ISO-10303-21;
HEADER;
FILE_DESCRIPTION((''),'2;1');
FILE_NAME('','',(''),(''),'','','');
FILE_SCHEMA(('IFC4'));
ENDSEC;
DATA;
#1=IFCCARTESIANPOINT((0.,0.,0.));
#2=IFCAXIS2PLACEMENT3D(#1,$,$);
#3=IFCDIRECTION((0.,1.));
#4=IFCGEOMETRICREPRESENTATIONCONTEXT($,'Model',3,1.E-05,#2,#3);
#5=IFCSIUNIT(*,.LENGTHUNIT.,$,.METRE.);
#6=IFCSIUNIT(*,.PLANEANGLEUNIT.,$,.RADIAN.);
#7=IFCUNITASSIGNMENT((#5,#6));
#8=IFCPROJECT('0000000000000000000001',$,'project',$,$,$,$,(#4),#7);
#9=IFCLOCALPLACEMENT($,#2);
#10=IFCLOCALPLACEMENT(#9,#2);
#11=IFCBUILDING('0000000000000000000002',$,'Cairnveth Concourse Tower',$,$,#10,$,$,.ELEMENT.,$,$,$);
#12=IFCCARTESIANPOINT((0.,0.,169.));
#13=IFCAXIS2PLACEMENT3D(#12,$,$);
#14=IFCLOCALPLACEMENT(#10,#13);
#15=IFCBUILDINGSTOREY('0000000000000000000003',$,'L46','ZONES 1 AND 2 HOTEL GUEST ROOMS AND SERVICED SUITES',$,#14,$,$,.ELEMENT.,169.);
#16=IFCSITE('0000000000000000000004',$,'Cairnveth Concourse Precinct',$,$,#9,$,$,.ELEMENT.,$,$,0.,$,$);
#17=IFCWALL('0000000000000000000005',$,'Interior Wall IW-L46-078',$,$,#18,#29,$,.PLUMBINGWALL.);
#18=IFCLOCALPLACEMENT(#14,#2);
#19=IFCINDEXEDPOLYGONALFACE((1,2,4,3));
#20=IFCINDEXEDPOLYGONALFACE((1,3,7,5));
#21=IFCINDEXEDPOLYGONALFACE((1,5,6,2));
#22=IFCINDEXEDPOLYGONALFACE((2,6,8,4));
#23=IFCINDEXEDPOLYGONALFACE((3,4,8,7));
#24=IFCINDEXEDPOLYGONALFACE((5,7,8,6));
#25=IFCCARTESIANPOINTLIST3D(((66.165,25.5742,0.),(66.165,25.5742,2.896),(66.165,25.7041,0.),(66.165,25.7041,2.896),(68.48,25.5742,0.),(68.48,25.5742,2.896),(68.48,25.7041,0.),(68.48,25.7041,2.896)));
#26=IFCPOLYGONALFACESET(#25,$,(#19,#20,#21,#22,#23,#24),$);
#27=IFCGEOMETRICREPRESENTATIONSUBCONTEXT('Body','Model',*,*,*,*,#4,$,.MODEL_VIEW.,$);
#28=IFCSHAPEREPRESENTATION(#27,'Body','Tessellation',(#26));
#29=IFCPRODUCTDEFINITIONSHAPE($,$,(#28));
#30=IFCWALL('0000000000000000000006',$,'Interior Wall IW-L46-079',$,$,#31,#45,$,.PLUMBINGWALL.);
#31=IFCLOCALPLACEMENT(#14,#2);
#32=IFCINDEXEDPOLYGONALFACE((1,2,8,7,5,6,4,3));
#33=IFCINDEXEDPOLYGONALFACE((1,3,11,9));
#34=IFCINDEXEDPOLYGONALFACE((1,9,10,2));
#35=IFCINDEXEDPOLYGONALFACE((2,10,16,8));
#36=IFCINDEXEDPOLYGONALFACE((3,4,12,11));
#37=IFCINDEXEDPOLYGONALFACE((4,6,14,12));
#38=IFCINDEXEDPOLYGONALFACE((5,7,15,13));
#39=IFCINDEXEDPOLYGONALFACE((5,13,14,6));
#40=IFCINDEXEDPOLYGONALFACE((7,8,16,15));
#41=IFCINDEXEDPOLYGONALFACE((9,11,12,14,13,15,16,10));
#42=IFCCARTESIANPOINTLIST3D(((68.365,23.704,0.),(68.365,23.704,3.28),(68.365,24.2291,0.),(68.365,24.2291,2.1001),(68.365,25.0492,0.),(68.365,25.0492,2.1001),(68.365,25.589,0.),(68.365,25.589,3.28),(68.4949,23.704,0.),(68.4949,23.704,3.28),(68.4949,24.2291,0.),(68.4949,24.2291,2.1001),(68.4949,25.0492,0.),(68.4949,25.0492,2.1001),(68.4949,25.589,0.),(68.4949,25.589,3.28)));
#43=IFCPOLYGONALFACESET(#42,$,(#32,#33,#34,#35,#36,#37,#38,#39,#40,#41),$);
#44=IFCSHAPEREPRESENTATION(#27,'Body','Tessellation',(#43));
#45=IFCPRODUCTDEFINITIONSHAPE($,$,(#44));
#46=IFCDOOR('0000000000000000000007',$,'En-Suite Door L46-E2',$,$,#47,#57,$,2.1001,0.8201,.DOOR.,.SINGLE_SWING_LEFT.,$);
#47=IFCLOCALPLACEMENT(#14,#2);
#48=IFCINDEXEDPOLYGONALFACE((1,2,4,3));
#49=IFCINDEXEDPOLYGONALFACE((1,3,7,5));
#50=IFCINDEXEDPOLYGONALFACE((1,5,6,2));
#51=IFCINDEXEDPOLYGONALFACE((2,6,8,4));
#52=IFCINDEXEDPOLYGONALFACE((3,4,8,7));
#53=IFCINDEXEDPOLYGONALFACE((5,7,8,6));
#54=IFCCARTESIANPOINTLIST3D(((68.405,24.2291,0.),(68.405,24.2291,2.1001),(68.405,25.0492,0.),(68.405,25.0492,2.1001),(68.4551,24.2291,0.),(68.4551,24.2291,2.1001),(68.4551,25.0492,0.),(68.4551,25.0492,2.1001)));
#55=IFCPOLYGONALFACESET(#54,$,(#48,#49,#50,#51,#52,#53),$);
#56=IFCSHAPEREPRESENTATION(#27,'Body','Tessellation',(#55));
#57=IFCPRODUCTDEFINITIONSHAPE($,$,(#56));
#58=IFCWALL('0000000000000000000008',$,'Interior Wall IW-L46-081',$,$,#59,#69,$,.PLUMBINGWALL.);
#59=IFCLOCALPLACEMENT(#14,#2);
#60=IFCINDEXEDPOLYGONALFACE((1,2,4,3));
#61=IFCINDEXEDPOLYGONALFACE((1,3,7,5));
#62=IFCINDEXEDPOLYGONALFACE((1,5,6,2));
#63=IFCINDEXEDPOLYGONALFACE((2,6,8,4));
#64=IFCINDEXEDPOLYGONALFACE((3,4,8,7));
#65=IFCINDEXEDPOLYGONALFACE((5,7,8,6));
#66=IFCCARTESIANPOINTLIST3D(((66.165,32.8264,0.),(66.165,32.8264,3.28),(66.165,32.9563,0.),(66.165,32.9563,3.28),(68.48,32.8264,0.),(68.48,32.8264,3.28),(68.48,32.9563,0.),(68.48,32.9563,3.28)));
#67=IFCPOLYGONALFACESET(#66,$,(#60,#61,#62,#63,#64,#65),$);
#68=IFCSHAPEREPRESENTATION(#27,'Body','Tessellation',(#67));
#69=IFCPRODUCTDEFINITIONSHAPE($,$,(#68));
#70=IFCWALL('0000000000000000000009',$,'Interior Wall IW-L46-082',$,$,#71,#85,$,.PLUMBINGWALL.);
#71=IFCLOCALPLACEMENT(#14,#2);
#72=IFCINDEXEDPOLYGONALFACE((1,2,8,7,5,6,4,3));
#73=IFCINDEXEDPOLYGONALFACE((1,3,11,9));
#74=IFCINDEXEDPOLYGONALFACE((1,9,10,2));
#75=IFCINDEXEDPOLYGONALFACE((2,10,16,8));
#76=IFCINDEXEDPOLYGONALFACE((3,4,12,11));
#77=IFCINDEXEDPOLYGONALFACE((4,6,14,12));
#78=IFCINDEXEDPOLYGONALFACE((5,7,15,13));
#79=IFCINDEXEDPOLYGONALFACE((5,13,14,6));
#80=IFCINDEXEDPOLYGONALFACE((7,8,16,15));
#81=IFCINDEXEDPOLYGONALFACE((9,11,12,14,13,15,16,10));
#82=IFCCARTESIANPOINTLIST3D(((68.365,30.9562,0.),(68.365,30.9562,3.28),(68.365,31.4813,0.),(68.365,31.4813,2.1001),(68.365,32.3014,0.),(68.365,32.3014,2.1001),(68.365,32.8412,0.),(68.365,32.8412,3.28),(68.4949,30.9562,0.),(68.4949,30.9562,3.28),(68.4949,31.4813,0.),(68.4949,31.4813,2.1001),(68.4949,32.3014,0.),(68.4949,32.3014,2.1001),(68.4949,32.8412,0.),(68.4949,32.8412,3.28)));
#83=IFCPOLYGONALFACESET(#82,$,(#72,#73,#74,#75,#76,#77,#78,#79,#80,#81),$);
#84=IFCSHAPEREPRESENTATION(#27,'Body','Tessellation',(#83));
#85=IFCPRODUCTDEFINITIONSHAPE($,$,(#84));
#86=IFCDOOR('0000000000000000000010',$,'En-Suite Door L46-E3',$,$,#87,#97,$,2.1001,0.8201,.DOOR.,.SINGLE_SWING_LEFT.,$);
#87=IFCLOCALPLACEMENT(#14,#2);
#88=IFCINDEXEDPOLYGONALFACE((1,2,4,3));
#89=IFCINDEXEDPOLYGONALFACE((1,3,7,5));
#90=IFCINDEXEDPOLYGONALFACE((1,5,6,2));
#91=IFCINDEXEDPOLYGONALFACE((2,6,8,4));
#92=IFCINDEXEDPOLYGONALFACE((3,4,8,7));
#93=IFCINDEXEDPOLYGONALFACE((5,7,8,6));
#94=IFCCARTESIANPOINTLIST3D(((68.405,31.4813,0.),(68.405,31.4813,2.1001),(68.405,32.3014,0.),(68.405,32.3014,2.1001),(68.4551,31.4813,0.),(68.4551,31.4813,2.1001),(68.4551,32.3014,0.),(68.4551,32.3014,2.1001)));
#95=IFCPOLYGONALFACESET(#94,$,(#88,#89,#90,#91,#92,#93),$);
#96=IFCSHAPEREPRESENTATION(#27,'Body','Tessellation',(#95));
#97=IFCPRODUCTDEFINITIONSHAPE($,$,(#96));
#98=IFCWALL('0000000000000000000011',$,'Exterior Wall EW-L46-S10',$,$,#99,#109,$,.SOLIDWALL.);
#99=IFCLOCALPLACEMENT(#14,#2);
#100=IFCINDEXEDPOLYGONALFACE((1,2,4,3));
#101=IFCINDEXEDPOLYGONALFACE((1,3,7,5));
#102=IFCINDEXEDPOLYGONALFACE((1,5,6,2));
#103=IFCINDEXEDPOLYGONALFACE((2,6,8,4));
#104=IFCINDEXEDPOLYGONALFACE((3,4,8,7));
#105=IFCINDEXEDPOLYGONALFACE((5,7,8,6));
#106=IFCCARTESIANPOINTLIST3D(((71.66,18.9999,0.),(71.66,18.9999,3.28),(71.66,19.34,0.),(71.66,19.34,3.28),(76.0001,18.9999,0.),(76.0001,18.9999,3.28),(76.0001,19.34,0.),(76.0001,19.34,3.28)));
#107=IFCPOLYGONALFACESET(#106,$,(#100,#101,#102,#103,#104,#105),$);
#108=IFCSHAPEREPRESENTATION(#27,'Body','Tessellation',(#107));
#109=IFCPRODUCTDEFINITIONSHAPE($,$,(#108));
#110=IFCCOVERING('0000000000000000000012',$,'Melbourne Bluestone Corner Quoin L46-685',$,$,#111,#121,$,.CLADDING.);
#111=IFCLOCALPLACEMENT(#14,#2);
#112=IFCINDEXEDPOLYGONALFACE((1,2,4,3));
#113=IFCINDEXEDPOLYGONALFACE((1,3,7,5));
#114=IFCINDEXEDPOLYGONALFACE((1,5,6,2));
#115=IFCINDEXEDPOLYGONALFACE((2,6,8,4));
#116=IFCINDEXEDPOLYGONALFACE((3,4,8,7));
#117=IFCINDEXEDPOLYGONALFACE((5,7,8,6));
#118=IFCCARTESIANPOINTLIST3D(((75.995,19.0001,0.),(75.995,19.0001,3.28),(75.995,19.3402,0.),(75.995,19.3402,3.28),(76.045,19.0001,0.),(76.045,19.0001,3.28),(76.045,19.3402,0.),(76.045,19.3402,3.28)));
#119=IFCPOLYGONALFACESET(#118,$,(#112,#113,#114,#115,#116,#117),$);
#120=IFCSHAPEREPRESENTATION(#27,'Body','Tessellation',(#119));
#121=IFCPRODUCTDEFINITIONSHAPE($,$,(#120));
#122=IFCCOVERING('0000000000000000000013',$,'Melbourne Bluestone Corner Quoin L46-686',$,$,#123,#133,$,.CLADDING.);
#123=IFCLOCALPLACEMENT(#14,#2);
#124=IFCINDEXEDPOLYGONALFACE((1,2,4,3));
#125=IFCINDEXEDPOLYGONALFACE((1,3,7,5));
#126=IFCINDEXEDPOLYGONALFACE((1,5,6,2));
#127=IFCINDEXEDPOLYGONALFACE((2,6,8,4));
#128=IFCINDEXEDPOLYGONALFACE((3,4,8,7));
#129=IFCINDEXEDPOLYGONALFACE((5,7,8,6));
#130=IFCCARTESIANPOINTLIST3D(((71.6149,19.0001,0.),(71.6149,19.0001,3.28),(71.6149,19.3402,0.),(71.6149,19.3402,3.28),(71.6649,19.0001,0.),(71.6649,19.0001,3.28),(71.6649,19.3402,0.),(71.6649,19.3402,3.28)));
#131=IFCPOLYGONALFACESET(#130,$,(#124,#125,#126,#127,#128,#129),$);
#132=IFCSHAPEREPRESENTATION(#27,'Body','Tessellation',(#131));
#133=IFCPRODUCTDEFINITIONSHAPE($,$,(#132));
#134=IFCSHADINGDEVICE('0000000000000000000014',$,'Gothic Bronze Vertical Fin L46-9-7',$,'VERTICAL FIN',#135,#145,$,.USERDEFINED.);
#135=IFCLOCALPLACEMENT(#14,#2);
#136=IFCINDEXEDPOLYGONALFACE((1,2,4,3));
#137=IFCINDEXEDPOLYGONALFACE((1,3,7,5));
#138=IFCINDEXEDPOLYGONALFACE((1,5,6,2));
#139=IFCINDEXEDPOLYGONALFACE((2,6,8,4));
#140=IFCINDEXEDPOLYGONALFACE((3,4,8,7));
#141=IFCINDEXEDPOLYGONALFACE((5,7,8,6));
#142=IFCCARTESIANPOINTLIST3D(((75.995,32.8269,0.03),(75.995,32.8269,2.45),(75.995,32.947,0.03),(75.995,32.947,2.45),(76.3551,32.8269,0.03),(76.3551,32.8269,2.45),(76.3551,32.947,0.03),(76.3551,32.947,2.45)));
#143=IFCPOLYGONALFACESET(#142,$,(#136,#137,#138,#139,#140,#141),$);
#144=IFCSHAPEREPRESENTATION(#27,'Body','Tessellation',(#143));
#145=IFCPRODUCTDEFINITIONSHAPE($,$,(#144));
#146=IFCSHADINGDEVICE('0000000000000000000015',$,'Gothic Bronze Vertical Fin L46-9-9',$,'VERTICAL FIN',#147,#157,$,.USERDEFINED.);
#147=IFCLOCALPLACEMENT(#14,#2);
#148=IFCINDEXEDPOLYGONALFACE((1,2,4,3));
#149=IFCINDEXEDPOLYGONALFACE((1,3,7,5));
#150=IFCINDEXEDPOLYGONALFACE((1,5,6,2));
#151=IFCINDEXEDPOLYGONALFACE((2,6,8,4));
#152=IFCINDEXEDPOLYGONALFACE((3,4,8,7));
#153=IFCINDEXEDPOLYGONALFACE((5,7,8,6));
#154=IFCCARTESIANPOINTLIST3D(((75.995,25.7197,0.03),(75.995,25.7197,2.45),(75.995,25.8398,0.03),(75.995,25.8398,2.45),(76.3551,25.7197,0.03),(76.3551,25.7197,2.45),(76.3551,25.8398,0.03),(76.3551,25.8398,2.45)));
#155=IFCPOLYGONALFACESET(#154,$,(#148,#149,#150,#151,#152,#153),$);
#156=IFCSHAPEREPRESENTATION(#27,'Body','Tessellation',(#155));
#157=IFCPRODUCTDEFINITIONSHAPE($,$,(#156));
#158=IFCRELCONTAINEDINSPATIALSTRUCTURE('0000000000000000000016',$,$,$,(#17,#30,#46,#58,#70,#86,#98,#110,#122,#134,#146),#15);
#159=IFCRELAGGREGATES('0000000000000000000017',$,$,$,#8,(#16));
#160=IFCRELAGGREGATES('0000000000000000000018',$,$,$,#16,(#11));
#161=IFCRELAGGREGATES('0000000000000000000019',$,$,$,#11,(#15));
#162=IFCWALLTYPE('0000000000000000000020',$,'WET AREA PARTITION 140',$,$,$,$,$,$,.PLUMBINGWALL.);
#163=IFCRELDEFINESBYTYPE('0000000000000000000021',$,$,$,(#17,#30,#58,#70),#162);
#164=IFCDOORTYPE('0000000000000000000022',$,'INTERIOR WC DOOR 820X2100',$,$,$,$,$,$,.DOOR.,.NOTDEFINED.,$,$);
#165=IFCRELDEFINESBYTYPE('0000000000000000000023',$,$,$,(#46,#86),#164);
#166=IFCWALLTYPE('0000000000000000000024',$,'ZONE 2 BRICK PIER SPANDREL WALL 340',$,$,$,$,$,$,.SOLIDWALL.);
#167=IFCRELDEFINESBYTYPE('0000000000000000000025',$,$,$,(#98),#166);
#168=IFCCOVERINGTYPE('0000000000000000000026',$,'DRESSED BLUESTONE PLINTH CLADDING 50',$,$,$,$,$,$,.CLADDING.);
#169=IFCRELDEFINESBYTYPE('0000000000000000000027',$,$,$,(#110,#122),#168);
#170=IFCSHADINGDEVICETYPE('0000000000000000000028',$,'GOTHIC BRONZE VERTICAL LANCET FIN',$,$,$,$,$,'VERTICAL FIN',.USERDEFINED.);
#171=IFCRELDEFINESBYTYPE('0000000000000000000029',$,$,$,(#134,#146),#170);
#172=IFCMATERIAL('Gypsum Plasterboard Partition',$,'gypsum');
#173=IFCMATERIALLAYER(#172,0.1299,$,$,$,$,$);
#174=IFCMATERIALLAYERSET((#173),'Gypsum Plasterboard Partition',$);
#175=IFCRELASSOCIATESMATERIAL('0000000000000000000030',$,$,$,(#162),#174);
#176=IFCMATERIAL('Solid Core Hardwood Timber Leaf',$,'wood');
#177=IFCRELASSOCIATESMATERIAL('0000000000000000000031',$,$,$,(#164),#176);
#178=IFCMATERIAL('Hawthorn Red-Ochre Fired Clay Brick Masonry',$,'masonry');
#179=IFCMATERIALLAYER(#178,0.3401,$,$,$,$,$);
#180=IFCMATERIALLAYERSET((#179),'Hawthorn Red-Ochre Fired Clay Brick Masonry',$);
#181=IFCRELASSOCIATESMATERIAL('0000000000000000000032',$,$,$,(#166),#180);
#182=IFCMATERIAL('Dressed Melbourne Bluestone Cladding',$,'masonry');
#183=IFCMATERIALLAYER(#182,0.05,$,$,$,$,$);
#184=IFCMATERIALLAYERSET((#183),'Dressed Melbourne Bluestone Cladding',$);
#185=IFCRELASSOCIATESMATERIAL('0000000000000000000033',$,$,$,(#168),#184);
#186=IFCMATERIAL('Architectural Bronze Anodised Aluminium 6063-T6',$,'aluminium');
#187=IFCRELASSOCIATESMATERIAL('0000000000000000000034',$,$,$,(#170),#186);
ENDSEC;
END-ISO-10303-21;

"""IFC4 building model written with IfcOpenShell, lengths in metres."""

from ifc_helpers import new_model, si_unit, direction, frame, frame_2d, origin, origin_2d, place, context, subcontext, project, spatial, rectangle, extrude, material, layer, layer_set, type_object, element, fill, save


model = new_model("IFC4")

# Units and contexts
model_context = context("Model", 3, precision=1e-05, world=origin(), true_north=direction((0.0, 1.0)))
body_context = subcontext(model_context, "Body", "Model", "MODEL_VIEW")
ifc_project = project(units=[si_unit("LENGTHUNIT", "METRE"), si_unit("PLANEANGLEUNIT", "RADIAN")], contexts=[model_context])

# Site, building, storey
site_placement = place(None, origin())
site = spatial("IfcSite", under=ifc_project, at=site_placement, Name="Cairnveth Concourse Precinct", CompositionType="ELEMENT", RefElevation=0.0)
building_placement = place(site_placement, origin())
building = spatial("IfcBuilding", under=site, at=building_placement, Name="Cairnveth Concourse Tower", CompositionType="ELEMENT")
storey_placement = place(building_placement, frame((0.0, 0.0, 169.0)))
storey = spatial("IfcBuildingStorey", under=building, at=storey_placement, Name="L46", Description="ZONES 1 AND 2 HOTEL GUEST ROOMS AND SERVICED SUITES", CompositionType="ELEMENT", Elevation=169.0)

# Wall
ifc_material_1 = material(Name="Gypsum Plasterboard Partition", Category="gypsum")
ifc_layer_1 = layer(ifc_material_1, 0.1299)
ifc_layer_set_1 = layer_set([ifc_layer_1], Name="Gypsum Plasterboard Partition")
wall_type_1 = type_object("IfcWallType", Name="WET AREA PARTITION 140", PredefinedType="PLUMBINGWALL", material=ifc_layer_set_1)
wall_1_placement = place(storey_placement, frame((66.165, 25.6392, 0.0), z_axis=(0.0, 0.0, 1.0), x_axis=(1.0, 0.0, 0.0)))
element("IfcWall", 1, at=wall_1_placement, inside=storey, type_object=wall_type_1, Name="Interior Wall IW-L46-078", PredefinedType="PLUMBINGWALL", context=body_context, shape_type="SweptSolid", body=[
    extrude(rectangle(XDim=2.3149, YDim=0.1299, at=frame_2d((1.1575, 0.0))), origin(), (0.0, 0.0, 1.0), 2.896),
])

# Wall, opening, door
wall_2_placement = place(storey_placement, frame((68.4299, 23.7041, 0.0), z_axis=(0.0, 0.0, 1.0), x_axis=(0.0, 1.0, 0.0)))
wall_2 = element("IfcWall", 2, at=wall_2_placement, inside=storey, type_object=wall_type_1, Name="Interior Wall IW-L46-079", PredefinedType="PLUMBINGWALL", context=body_context, shape_type="SweptSolid", body=[
    extrude(rectangle(XDim=1.885, YDim=0.1299, at=frame_2d((0.9424, 0.0))), origin(), (0.0, 0.0, 1.0), 3.28),
])
opening_1_placement = place(wall_2_placement, frame((0.5249, 0.0, 0.0)))
opening_1 = element("IfcOpeningElement", 3, at=opening_1_placement, cuts=wall_2, PredefinedType="OPENING", context=body_context, shape_type="SweptSolid", body=[
    extrude(rectangle(XDim=0.8201, YDim=2.1001, at=frame_2d((0.4102, 1.05))), frame((0.0, 0.075, 0.0), z_axis=(0.0, -1.0, 0.0), x_axis=(1.0, 0.0, 0.0)), (0.0, 0.0, 1.0), 0.1499),
])
ifc_material_2 = material(Name="Solid Core Hardwood Timber Leaf", Category="wood")
door_type = type_object("IfcDoorType", Name="INTERIOR WC DOOR 820X2100", OperationType="NOTDEFINED", PredefinedType="DOOR", material=ifc_material_2)
door_1_placement = place(opening_1_placement, origin())
door_1 = element("IfcDoor", 4, at=door_1_placement, inside=storey, type_object=door_type, Name="En-Suite Door L46-E2", OperationType="SINGLE_SWING_LEFT", OverallHeight=2.1001, OverallWidth=0.8201, PredefinedType="DOOR", context=body_context, shape_type="SweptSolid", body=[
    extrude(rectangle(XDim=0.8201, YDim=2.1001, at=frame_2d((0.4102, 1.05))), frame((0.0, 0.0249, 0.0), z_axis=(0.0, -1.0, 0.0), x_axis=(1.0, 0.0, 0.0)), (0.0, 0.0, 1.0), 0.05),
])
fill(opening_1, door_1)

# Wall
wall_3_placement = place(storey_placement, frame((66.165, 32.8914, 0.0), z_axis=(0.0, 0.0, 1.0), x_axis=(1.0, 0.0, 0.0)))
element("IfcWall", 5, at=wall_3_placement, inside=storey, type_object=wall_type_1, Name="Interior Wall IW-L46-081", PredefinedType="PLUMBINGWALL", context=body_context, shape_type="SweptSolid", body=[
    extrude(rectangle(XDim=2.3149, YDim=0.1299, at=frame_2d((1.1575, 0.0))), origin(), (0.0, 0.0, 1.0), 3.28),
])

# Wall, opening, door
wall_4_placement = place(storey_placement, frame((68.4299, 30.9563, 0.0), z_axis=(0.0, 0.0, 1.0), x_axis=(0.0, 1.0, 0.0)))
wall_4 = element("IfcWall", 6, at=wall_4_placement, inside=storey, type_object=wall_type_1, Name="Interior Wall IW-L46-082", PredefinedType="PLUMBINGWALL", context=body_context, shape_type="SweptSolid", body=[
    extrude(rectangle(XDim=1.885, YDim=0.1299, at=frame_2d((0.9424, 0.0))), origin(), (0.0, 0.0, 1.0), 3.28),
])
opening_2_placement = place(wall_4_placement, frame((0.5249, 0.0, 0.0)))
opening_2 = element("IfcOpeningElement", 7, at=opening_2_placement, cuts=wall_4, PredefinedType="OPENING", context=body_context, shape_type="SweptSolid", body=[
    extrude(rectangle(XDim=0.8201, YDim=2.1001, at=frame_2d((0.4102, 1.05))), frame((0.0, 0.075, 0.0), z_axis=(0.0, -1.0, 0.0), x_axis=(1.0, 0.0, 0.0)), (0.0, 0.0, 1.0), 0.1499),
])
door_2_placement = place(opening_2_placement, origin())
door_2 = element("IfcDoor", 8, at=door_2_placement, inside=storey, type_object=door_type, Name="En-Suite Door L46-E3", OperationType="SINGLE_SWING_LEFT", OverallHeight=2.1001, OverallWidth=0.8201, PredefinedType="DOOR", context=body_context, shape_type="SweptSolid", body=[
    extrude(rectangle(XDim=0.8201, YDim=2.1001, at=frame_2d((0.4102, 1.05))), frame((0.0, 0.0249, 0.0), z_axis=(0.0, -1.0, 0.0), x_axis=(1.0, 0.0, 0.0)), (0.0, 0.0, 1.0), 0.05),
])
fill(opening_2, door_2)

# Wall
ifc_material_3 = material(Name="Hawthorn Red-Ochre Fired Clay Brick Masonry", Category="masonry")
ifc_layer_2 = layer(ifc_material_3, 0.3401)
ifc_layer_set_2 = layer_set([ifc_layer_2], Name="Hawthorn Red-Ochre Fired Clay Brick Masonry")
wall_type_2 = type_object("IfcWallType", Name="ZONE 2 BRICK PIER SPANDREL WALL 340", PredefinedType="SOLIDWALL", material=ifc_layer_set_2)
wall_5_placement = place(storey_placement, frame((76.0, 19.1699, 0.0), z_axis=(0.0, 0.0, 1.0), x_axis=(-1.0, 0.0, 0.0)))
element("IfcWall", 9, at=wall_5_placement, inside=storey, type_object=wall_type_2, Name="Exterior Wall EW-L46-S10", PredefinedType="SOLIDWALL", context=body_context, shape_type="SweptSolid", body=[
    extrude(rectangle(XDim=4.3401, YDim=0.3401, at=frame_2d((2.1699, 0.0))), origin(), (0.0, 0.0, 1.0), 3.28),
])

# Coverings
ifc_material_4 = material(Name="Dressed Melbourne Bluestone Cladding", Category="masonry")
ifc_layer_3 = layer(ifc_material_4, 0.05)
ifc_layer_set_3 = layer_set([ifc_layer_3], Name="Dressed Melbourne Bluestone Cladding")
covering_type = type_object("IfcCoveringType", Name="DRESSED BLUESTONE PLINTH CLADDING 50", PredefinedType="CLADDING", material=ifc_layer_set_3)
for number, where, z_axis, x_axis, name in (
    (10, (76.02, 19.3401, 0.0), (0.0, 0.0, 1.0), (0.0, -1.0, 0.0), "Melbourne Bluestone Corner Quoin L46-685"),
    (11, (71.6399, 19.3401, 0.0), (0.0, 0.0, 1.0), (0.0, -1.0, 0.0), "Melbourne Bluestone Corner Quoin L46-686"),
):
    element("IfcCovering", number, at=place(storey_placement, frame(where, z_axis=z_axis, x_axis=x_axis)), inside=storey, type_object=covering_type, Name=name, PredefinedType="CLADDING", context=body_context, shape_type="SweptSolid", body=[
        extrude(rectangle(XDim=0.3401, YDim=0.05, at=frame_2d((0.1699, 0.0))), origin(), (0.0, 0.0, 1.0), 3.28),
    ])

# Shading devices
ifc_material_5 = material(Name="Architectural Bronze Anodised Aluminium 6063-T6", Category="aluminium")
shading_device_type = type_object("IfcShadingDeviceType", Name="GOTHIC BRONZE VERTICAL LANCET FIN", ElementType="VERTICAL FIN", PredefinedType="USERDEFINED", material=ifc_material_5)
for number, where, z_axis, x_axis, name in (
    (12, (76.175, 32.887, 0.03), (0.0, 0.0, 1.0), (0.0, 1.0, 0.0), "Gothic Bronze Vertical Fin L46-9-7"),
    (13, (76.175, 25.7798, 0.03), (0.0, 0.0, 1.0), (0.0, 1.0, 0.0), "Gothic Bronze Vertical Fin L46-9-9"),
):
    element("IfcShadingDevice", number, at=place(storey_placement, frame(where, z_axis=z_axis, x_axis=x_axis)), inside=storey, type_object=shading_device_type, Name=name, ObjectType="VERTICAL FIN", PredefinedType="USERDEFINED", context=body_context, shape_type="SweptSolid", body=[
        extrude(rectangle(XDim=0.1201, YDim=0.3601, at=origin_2d()), origin(), (0.0, 0.0, 1.0), 2.4199),
    ])

save(model, "model.ifc")
